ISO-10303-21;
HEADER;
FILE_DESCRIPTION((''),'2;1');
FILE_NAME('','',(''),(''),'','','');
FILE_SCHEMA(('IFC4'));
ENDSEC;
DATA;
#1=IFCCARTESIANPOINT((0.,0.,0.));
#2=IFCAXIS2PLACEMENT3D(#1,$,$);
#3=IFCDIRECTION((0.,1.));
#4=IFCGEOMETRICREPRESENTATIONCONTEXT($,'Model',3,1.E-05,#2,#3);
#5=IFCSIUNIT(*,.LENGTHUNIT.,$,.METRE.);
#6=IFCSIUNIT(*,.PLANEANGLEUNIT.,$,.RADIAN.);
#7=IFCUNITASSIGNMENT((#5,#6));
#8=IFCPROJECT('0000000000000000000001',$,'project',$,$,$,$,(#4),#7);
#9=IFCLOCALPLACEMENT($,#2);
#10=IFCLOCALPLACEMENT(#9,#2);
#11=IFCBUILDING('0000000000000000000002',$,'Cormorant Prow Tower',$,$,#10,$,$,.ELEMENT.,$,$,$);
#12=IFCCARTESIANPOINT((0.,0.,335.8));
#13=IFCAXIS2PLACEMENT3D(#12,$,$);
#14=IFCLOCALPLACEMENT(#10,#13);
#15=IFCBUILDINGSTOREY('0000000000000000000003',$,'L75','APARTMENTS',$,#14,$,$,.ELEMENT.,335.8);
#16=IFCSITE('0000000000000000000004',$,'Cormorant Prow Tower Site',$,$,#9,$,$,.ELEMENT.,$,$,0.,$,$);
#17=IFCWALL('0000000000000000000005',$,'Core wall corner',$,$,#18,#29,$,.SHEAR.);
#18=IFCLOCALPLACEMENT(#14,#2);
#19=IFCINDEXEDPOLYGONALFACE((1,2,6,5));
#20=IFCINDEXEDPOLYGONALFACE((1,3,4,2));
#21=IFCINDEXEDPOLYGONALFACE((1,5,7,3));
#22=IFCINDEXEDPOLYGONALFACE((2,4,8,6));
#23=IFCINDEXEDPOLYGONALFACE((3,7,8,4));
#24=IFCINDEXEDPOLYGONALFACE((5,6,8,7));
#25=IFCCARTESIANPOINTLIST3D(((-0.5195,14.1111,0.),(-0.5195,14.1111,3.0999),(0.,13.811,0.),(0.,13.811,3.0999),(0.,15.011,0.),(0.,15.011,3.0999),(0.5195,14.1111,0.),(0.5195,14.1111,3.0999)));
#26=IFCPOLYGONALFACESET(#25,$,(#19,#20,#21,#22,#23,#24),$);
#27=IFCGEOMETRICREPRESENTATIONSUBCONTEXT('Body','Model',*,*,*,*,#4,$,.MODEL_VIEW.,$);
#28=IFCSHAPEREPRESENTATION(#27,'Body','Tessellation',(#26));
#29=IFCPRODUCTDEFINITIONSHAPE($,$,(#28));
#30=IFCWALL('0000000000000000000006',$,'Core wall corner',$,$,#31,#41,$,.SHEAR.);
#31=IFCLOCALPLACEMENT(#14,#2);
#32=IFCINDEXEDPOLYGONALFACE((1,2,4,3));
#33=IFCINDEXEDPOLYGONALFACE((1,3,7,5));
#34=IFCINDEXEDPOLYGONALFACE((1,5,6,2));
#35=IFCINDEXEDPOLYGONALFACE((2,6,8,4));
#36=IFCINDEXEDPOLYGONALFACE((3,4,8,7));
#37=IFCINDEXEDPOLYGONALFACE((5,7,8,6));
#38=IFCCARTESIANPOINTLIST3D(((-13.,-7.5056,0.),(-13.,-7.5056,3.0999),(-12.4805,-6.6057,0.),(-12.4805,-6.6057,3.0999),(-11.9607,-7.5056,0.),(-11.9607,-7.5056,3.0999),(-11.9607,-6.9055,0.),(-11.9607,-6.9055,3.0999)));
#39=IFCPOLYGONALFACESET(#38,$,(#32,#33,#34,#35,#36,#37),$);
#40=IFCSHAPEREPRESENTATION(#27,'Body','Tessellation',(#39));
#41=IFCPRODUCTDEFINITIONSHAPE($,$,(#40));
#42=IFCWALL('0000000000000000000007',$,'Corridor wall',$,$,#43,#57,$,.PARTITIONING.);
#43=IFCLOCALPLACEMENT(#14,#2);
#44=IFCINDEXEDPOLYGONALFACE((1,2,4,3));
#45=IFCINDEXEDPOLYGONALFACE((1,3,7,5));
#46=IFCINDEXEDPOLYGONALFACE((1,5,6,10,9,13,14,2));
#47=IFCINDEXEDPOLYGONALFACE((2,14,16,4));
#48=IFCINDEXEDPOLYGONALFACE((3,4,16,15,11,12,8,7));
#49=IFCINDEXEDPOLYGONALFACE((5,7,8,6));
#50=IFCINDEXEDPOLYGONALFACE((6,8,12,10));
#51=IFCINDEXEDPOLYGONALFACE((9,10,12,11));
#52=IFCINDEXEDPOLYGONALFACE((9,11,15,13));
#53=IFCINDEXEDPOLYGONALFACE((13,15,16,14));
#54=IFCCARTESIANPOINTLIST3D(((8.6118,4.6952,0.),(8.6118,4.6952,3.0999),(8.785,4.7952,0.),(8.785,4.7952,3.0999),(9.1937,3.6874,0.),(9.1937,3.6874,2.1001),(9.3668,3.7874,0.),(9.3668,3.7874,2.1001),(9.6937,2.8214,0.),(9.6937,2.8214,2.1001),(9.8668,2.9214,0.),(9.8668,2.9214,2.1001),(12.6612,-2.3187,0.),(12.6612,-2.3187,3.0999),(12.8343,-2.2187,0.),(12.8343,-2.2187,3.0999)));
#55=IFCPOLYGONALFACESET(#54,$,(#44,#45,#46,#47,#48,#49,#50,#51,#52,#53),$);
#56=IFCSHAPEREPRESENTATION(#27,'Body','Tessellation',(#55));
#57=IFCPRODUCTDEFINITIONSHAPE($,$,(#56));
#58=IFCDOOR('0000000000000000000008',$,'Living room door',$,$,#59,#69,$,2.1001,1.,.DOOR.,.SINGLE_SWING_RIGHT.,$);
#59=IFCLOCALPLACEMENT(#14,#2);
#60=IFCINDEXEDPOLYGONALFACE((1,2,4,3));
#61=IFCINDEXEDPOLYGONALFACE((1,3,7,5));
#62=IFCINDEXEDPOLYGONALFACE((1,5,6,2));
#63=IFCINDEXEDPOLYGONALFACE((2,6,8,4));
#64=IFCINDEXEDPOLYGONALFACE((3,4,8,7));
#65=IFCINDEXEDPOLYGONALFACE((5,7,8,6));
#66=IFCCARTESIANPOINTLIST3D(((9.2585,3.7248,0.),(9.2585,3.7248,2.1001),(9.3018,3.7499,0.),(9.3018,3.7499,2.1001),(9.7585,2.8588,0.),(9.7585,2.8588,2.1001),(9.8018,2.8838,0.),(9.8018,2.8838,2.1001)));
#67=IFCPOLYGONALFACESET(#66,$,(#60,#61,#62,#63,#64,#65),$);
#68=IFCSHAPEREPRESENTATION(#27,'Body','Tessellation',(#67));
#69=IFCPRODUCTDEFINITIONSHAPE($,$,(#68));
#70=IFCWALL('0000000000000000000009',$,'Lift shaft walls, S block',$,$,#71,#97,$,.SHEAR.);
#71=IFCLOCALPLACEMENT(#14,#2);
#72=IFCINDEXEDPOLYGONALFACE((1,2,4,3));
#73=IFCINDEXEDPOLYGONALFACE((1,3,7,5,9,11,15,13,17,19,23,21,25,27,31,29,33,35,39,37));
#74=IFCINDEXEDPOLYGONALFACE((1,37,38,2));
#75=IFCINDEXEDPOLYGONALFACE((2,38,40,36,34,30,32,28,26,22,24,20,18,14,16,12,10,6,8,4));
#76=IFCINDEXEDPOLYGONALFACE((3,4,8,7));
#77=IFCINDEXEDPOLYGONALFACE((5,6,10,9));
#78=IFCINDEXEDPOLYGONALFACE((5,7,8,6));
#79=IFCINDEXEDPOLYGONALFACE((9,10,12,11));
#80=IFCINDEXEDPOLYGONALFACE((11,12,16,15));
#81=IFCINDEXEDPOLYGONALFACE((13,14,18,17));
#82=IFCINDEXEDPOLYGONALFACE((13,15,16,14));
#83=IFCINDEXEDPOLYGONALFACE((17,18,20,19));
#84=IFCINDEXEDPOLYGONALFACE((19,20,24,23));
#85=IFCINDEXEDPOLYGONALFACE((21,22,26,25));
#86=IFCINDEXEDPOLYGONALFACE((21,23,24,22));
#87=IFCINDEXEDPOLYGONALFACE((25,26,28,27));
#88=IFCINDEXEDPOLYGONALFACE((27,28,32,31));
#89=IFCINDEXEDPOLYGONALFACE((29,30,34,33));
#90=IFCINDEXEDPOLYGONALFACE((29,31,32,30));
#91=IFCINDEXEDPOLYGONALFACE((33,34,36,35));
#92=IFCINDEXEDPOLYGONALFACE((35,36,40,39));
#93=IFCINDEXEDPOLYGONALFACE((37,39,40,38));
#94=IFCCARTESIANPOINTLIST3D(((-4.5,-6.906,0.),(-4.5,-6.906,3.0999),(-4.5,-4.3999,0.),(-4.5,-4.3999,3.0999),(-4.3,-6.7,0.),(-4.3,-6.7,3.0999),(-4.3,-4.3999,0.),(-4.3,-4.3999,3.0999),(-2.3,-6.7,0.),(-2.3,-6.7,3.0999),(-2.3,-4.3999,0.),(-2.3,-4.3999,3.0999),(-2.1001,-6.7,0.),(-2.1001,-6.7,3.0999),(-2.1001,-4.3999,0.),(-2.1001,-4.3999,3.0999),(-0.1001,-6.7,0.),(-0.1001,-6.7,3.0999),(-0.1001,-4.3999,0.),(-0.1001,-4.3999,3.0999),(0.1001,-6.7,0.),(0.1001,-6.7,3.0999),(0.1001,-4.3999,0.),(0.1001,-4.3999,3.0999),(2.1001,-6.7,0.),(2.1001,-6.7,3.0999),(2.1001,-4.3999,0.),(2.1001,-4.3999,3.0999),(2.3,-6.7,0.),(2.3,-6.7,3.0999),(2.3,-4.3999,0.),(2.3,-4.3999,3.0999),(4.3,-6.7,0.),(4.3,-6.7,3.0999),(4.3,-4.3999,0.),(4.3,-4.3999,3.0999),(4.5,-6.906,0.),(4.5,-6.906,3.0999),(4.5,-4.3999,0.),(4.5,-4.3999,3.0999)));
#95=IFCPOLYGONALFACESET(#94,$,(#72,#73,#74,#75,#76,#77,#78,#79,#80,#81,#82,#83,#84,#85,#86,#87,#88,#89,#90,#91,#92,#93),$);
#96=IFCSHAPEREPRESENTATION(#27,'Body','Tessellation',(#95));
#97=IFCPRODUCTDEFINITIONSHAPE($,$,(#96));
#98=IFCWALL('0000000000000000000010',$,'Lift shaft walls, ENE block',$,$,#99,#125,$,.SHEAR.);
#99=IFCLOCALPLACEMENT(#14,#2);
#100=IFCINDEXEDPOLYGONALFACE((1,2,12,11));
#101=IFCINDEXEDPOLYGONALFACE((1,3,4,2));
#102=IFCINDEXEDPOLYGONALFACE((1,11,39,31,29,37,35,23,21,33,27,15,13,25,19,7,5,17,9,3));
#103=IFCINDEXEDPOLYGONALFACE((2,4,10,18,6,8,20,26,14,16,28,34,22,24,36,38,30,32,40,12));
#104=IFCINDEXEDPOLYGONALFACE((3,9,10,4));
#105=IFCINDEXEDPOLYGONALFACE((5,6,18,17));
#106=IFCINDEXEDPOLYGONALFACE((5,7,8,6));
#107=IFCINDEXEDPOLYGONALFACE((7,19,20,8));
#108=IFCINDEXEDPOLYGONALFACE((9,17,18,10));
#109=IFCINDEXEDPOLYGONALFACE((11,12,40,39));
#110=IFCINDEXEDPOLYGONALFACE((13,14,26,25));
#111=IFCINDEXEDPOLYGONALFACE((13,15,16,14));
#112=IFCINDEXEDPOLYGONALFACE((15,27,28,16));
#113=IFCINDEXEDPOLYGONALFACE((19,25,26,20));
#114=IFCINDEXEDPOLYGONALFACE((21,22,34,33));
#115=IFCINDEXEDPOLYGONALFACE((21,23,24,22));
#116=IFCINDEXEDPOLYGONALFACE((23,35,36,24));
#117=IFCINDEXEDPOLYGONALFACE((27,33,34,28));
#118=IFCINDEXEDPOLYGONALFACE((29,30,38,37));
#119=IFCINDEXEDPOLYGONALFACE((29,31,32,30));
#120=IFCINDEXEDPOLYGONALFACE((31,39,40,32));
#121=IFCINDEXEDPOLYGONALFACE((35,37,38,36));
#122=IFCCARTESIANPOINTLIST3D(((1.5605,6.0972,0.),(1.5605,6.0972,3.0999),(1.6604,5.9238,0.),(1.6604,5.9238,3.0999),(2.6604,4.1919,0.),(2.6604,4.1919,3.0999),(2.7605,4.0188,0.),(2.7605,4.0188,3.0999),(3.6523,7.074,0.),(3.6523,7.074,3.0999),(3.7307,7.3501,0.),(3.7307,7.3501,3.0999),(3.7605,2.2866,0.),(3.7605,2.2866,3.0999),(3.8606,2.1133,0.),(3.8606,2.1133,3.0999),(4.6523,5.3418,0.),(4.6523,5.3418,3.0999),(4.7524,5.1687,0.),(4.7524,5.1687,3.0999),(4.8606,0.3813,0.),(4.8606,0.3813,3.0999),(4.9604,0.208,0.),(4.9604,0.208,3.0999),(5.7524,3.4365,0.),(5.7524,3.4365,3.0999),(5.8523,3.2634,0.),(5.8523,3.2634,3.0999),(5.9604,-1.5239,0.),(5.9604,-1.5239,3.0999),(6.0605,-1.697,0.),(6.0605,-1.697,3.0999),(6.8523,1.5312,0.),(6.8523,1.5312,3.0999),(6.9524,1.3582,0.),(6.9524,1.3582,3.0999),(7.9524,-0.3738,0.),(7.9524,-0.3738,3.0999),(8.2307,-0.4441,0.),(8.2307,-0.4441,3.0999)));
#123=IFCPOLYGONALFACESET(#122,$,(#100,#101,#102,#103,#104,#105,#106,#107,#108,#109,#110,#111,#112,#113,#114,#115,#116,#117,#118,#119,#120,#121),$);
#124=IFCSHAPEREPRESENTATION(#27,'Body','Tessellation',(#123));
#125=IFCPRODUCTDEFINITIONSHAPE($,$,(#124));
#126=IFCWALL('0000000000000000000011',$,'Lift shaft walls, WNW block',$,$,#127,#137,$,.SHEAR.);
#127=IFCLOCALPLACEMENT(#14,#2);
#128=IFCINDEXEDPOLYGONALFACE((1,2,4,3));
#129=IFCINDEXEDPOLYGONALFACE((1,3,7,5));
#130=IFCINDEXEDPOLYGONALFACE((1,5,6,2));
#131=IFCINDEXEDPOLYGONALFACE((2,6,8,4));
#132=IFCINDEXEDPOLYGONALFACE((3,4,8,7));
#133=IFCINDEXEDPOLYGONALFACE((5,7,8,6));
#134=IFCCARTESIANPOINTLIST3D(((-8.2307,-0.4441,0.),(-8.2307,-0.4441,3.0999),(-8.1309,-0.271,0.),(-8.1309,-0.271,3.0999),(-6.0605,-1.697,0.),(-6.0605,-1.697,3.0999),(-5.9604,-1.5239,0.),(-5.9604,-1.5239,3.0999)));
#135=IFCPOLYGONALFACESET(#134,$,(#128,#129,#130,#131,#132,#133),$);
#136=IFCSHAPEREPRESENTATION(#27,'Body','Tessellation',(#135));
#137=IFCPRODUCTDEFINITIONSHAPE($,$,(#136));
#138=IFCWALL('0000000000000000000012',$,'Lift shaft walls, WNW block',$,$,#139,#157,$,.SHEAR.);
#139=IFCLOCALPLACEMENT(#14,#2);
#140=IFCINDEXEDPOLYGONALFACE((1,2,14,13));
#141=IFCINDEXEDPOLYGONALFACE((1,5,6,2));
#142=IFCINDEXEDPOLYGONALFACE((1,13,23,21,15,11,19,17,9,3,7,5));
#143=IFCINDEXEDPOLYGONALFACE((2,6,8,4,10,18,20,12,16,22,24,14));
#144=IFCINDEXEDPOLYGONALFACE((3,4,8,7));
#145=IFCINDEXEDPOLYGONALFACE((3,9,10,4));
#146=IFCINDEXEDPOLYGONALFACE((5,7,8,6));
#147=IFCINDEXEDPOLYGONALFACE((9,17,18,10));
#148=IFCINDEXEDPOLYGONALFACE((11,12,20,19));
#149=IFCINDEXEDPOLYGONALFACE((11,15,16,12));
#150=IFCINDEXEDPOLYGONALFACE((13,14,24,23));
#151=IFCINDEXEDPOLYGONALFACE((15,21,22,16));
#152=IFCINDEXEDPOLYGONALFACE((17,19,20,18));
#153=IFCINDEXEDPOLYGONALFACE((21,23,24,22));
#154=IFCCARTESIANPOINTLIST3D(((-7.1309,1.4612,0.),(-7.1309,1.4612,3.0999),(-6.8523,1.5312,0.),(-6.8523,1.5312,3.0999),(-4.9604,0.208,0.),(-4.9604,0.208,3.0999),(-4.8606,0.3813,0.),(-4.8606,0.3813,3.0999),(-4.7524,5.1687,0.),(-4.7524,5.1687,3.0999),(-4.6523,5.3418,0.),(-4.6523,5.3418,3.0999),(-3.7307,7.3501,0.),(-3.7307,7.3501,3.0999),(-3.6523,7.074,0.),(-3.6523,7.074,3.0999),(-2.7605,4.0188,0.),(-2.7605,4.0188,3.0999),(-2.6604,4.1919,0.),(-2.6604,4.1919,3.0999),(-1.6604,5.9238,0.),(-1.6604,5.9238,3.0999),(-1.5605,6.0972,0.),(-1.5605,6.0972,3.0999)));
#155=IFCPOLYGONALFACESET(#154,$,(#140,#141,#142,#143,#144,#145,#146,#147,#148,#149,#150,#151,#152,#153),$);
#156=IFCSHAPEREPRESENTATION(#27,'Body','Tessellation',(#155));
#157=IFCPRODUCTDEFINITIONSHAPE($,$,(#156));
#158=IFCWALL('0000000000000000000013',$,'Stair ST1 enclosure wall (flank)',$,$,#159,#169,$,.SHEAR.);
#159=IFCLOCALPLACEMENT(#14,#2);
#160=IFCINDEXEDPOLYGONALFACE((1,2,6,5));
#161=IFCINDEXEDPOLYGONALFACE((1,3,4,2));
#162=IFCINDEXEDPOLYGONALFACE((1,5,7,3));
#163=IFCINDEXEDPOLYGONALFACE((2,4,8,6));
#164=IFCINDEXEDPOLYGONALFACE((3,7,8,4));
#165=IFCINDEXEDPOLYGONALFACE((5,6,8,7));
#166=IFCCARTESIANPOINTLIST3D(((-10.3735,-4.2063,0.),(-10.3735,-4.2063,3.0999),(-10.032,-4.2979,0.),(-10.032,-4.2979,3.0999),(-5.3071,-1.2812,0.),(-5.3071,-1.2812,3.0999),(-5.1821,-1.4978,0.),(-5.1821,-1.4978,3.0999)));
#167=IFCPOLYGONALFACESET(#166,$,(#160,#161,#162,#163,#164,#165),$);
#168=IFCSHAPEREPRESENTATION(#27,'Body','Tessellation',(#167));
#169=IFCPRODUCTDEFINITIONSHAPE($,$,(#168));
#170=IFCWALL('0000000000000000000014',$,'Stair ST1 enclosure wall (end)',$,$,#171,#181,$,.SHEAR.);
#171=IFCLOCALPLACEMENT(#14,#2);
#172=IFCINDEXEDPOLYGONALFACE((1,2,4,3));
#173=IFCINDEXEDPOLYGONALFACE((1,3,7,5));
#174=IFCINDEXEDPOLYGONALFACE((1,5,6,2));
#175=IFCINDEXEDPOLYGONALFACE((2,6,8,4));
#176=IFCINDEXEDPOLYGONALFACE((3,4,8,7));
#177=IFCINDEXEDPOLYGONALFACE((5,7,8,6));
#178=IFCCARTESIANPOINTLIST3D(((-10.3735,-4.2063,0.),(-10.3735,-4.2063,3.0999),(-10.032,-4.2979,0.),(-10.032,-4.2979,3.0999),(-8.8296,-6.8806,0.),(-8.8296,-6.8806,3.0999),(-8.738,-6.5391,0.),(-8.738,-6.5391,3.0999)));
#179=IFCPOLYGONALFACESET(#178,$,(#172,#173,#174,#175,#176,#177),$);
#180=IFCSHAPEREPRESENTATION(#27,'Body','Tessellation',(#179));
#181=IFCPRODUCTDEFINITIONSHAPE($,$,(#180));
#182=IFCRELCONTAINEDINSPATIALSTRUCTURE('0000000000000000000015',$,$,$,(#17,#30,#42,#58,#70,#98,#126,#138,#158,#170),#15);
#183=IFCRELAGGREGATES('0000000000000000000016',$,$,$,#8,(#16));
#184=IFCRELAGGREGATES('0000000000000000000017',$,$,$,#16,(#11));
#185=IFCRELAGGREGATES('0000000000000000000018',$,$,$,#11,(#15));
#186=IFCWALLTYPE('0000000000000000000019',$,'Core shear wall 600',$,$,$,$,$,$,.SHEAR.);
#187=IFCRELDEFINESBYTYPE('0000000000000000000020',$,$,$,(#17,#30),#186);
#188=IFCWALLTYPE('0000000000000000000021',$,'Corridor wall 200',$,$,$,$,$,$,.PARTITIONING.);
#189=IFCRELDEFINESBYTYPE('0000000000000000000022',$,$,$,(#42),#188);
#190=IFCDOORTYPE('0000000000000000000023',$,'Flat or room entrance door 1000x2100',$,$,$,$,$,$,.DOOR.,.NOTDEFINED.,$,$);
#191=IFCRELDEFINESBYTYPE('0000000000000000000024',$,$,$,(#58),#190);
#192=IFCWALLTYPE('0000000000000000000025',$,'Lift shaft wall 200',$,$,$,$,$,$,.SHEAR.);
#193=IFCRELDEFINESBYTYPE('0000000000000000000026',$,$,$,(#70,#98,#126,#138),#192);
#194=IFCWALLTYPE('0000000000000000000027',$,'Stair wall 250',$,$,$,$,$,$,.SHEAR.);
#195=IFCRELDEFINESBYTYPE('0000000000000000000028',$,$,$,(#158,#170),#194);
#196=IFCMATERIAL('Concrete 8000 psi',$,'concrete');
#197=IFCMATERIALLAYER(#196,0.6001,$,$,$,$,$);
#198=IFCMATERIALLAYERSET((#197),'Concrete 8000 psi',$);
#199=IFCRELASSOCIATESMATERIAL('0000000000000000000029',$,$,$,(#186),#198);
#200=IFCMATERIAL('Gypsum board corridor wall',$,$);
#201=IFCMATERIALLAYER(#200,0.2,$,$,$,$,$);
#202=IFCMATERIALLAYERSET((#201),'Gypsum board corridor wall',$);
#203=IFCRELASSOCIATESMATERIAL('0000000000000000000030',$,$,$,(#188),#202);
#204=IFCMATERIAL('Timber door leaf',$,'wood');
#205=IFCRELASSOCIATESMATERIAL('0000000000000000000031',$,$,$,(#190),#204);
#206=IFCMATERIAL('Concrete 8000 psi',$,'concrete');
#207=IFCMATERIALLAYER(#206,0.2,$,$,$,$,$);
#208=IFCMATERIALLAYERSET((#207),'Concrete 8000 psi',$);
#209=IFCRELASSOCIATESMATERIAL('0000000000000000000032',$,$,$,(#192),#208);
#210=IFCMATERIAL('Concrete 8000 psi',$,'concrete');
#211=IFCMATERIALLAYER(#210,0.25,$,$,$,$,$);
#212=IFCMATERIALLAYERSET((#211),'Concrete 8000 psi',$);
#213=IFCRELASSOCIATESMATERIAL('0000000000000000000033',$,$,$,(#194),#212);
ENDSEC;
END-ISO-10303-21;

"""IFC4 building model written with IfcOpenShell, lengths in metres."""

from ifc_helpers import new_model, si_unit, direction, frame, frame_2d, origin, place, context, subcontext, project, spatial, polyline, rectangle, outline, extrude, material, layer, layer_set, type_object, element, fill, save


model = new_model("IFC4")

# Units and contexts
model_context = context("Model", 3, precision=1e-05, world=origin(), true_north=direction((0.0, 1.0)))
body_context = subcontext(model_context, "Body", "Model", "MODEL_VIEW")
ifc_project = project(units=[si_unit("LENGTHUNIT", "METRE"), si_unit("PLANEANGLEUNIT", "RADIAN")], contexts=[model_context])

# Site, building, storey
site_placement = place(None, origin())
site = spatial("IfcSite", under=ifc_project, at=site_placement, Name="Cormorant Prow Tower Site", CompositionType="ELEMENT", RefElevation=0.0)
building_placement = place(site_placement, origin())
building = spatial("IfcBuilding", under=site, at=building_placement, Name="Cormorant Prow Tower", CompositionType="ELEMENT")
storey_placement = place(building_placement, frame((0.0, 0.0, 335.8)))
storey = spatial("IfcBuildingStorey", under=building, at=storey_placement, Name="L75", Description="APARTMENTS", CompositionType="ELEMENT", Elevation=335.8)

# Walls
ifc_material_1 = material(Name="Concrete 8000 psi", Category="concrete")
ifc_layer_1 = layer(ifc_material_1, 0.6001)
ifc_layer_set_1 = layer_set([ifc_layer_1], Name="Concrete 8000 psi")
wall_type_1 = type_object("IfcWallType", Name="Core shear wall 600", PredefinedType="SHEAR", material=ifc_layer_set_1)
wall_1_placement = place(storey_placement, origin())
element("IfcWall", 1, at=wall_1_placement, inside=storey, type_object=wall_type_1, Name="Core wall corner", PredefinedType="SHEAR", context=body_context, shape_type="SweptSolid", body=[
    extrude(outline(polyline([(-0.5195, 14.1111), (0.0, 15.011), (0.5195, 14.1111), (0.0, 13.811), (-0.5195, 14.1111)])), origin(), (0.0, 0.0, 1.0), 3.0999),
])
wall_2_placement = place(storey_placement, origin())
element("IfcWall", 2, at=wall_2_placement, inside=storey, type_object=wall_type_1, Name="Core wall corner", PredefinedType="SHEAR", context=body_context, shape_type="SweptSolid", body=[
    extrude(outline(polyline([(-12.4805, -6.6057), (-11.9607, -6.9055), (-11.9607, -7.5056), (-13.0, -7.5056), (-12.4805, -6.6057)])), origin(), (0.0, 0.0, 1.0), 3.0999),
])

# Wall, opening, door
ifc_material_2 = material(Name="Gypsum board corridor wall")
ifc_layer_2 = layer(ifc_material_2, 0.2)
ifc_layer_set_2 = layer_set([ifc_layer_2], Name="Gypsum board corridor wall")
wall_type_2 = type_object("IfcWallType", Name="Corridor wall 200", PredefinedType="PARTITIONING", material=ifc_layer_set_2)
wall_3_placement = place(storey_placement, frame((8.6985, 4.7451, 0.0), z_axis=(0.0, 0.0, 1.0), x_axis=(0.499984, -0.866034, 0.0)))
wall_3 = element("IfcWall", 3, at=wall_3_placement, inside=storey, type_object=wall_type_2, Name="Corridor wall", PredefinedType="PARTITIONING", context=body_context, shape_type="SweptSolid", body=[
    extrude(rectangle(XDim=8.0989, YDim=0.2, at=frame_2d((4.0493, 0.0))), origin(), (0.0, 0.0, 1.0), 3.0999),
])
opening_1_placement = place(wall_3_placement, frame((1.1636, 0.0, 0.0)))
opening_1 = element("IfcOpeningElement", 4, at=opening_1_placement, cuts=wall_3, PredefinedType="OPENING", context=body_context, shape_type="SweptSolid", body=[
    extrude(rectangle(XDim=1.0, YDim=2.1001, at=frame_2d((0.5, 1.05))), frame((0.0, 0.1099, 0.0), z_axis=(0.0, -1.0, 0.0), x_axis=(1.0, 0.0, 0.0)), (0.0, 0.0, 1.0), 0.22),
])
ifc_material_3 = material(Name="Timber door leaf", Category="wood")
door_type_1 = type_object("IfcDoorType", Name="Flat or room entrance door 1000x2100", OperationType="NOTDEFINED", PredefinedType="DOOR", material=ifc_material_3)
door_1_placement = place(opening_1_placement, origin())
door_1 = element("IfcDoor", 5, at=door_1_placement, inside=storey, type_object=door_type_1, Name="Living room door", OperationType="SINGLE_SWING_RIGHT", OverallHeight=2.1001, OverallWidth=1.0, PredefinedType="DOOR", context=body_context, shape_type="SweptSolid", body=[
    extrude(rectangle(XDim=1.0, YDim=2.1001, at=frame_2d((0.5, 1.05))), frame((0.0, 0.0249, 0.0), z_axis=(0.0, -1.0, 0.0), x_axis=(1.0, 0.0, 0.0)), (0.0, 0.0, 1.0), 0.05),
])
fill(opening_1, door_1)

# Walls
ifc_material_4 = material(Name="Concrete 8000 psi", Category="concrete")
ifc_layer_3 = layer(ifc_material_4, 0.2)
ifc_layer_set_3 = layer_set([ifc_layer_3], Name="Concrete 8000 psi")
wall_type_3 = type_object("IfcWallType", Name="Lift shaft wall 200", PredefinedType="SHEAR", material=ifc_layer_set_3)
wall_4_placement = place(storey_placement, origin())
element("IfcWall", 6, at=wall_4_placement, inside=storey, type_object=wall_type_3, Name="Lift shaft walls, S block", PredefinedType="SHEAR", context=body_context, shape_type="SweptSolid", body=[
    extrude(outline(polyline([(4.5, -4.3999), (4.5, -6.906), (-4.5, -6.906), (-4.5, -4.3999), (-4.3, -4.3999), (-4.3, -6.7), (-2.3, -6.7), (-2.3, -4.3999), (-2.1001, -4.3999), (-2.1001, -6.7), (-0.1001, -6.7), (-0.1001, -4.3999), (0.1001, -4.3999), (0.1001, -6.7), (2.1001, -6.7), (2.1001, -4.3999), (2.3, -4.3999), (2.3, -6.7), (4.3, -6.7), (4.3, -4.3999), (4.5, -4.3999)])), origin(), (0.0, 0.0, 1.0), 3.0999),
])
wall_5_placement = place(storey_placement, origin())
element("IfcWall", 7, at=wall_5_placement, inside=storey, type_object=wall_type_3, Name="Lift shaft walls, ENE block", PredefinedType="SHEAR", context=body_context, shape_type="SweptSolid", body=[
    extrude(outline(polyline([(1.5605, 6.0972), (3.7307, 7.3501), (8.2307, -0.4441), (6.0605, -1.697), (5.9604, -1.5239), (7.9524, -0.3738), (6.9524, 1.3582), (4.9604, 0.208), (4.8606, 0.3813), (6.8523, 1.5312), (5.8523, 3.2634), (3.8606, 2.1133), (3.7605, 2.2866), (5.7524, 3.4365), (4.7524, 5.1687), (2.7605, 4.0188), (2.6604, 4.1919), (4.6523, 5.3418), (3.6523, 7.074), (1.6604, 5.9238), (1.5605, 6.0972)])), origin(), (0.0, 0.0, 1.0), 3.0999),
])
wall_6_placement = place(storey_placement, origin())
element("IfcWall", 8, at=wall_6_placement, inside=storey, type_object=wall_type_3, Name="Lift shaft walls, WNW block", PredefinedType="SHEAR", context=body_context, shape_type="SweptSolid", body=[
    extrude(outline(polyline([(-6.0605, -1.697), (-8.2307, -0.4441), (-8.1309, -0.271), (-5.9604, -1.5239), (-6.0605, -1.697)])), origin(), (0.0, 0.0, 1.0), 3.0999),
])
wall_7_placement = place(storey_placement, origin())
element("IfcWall", 9, at=wall_7_placement, inside=storey, type_object=wall_type_3, Name="Lift shaft walls, WNW block", PredefinedType="SHEAR", context=body_context, shape_type="SweptSolid", body=[
    extrude(outline(polyline([(-4.9604, 0.208), (-7.1309, 1.4612), (-3.7307, 7.3501), (-1.5605, 6.0972), (-1.6604, 5.9238), (-3.6523, 7.074), (-4.6523, 5.3418), (-2.6604, 4.1919), (-2.7605, 4.0188), (-4.7524, 5.1687), (-6.8523, 1.5312), (-4.8606, 0.3813), (-4.9604, 0.208)])), origin(), (0.0, 0.0, 1.0), 3.0999),
])
ifc_material_5 = material(Name="Concrete 8000 psi", Category="concrete")
ifc_layer_4 = layer(ifc_material_5, 0.25)
ifc_layer_set_4 = layer_set([ifc_layer_4], Name="Concrete 8000 psi")
wall_type_4 = type_object("IfcWallType", Name="Stair wall 250", PredefinedType="SHEAR", material=ifc_layer_set_4)
wall_8_placement = place(storey_placement, origin())
element("IfcWall", 10, at=wall_8_placement, inside=storey, type_object=wall_type_4, Name="Stair ST1 enclosure wall (flank)", PredefinedType="SHEAR", context=body_context, shape_type="SweptSolid", body=[
    extrude(outline(polyline([(-5.3071, -1.2812), (-10.3735, -4.2063), (-10.032, -4.2979), (-5.1821, -1.4978), (-5.3071, -1.2812)])), origin(), (0.0, 0.0, 1.0), 3.0999),
])
wall_9_placement = place(storey_placement, origin())
element("IfcWall", 11, at=wall_9_placement, inside=storey, type_object=wall_type_4, Name="Stair ST1 enclosure wall (end)", PredefinedType="SHEAR", context=body_context, shape_type="SweptSolid", body=[
    extrude(outline(polyline([(-10.3735, -4.2063), (-8.8296, -6.8806), (-8.738, -6.5391), (-10.032, -4.2979), (-10.3735, -4.2063)])), origin(), (0.0, 0.0, 1.0), 3.0999),
])

save(model, "model.ifc")
